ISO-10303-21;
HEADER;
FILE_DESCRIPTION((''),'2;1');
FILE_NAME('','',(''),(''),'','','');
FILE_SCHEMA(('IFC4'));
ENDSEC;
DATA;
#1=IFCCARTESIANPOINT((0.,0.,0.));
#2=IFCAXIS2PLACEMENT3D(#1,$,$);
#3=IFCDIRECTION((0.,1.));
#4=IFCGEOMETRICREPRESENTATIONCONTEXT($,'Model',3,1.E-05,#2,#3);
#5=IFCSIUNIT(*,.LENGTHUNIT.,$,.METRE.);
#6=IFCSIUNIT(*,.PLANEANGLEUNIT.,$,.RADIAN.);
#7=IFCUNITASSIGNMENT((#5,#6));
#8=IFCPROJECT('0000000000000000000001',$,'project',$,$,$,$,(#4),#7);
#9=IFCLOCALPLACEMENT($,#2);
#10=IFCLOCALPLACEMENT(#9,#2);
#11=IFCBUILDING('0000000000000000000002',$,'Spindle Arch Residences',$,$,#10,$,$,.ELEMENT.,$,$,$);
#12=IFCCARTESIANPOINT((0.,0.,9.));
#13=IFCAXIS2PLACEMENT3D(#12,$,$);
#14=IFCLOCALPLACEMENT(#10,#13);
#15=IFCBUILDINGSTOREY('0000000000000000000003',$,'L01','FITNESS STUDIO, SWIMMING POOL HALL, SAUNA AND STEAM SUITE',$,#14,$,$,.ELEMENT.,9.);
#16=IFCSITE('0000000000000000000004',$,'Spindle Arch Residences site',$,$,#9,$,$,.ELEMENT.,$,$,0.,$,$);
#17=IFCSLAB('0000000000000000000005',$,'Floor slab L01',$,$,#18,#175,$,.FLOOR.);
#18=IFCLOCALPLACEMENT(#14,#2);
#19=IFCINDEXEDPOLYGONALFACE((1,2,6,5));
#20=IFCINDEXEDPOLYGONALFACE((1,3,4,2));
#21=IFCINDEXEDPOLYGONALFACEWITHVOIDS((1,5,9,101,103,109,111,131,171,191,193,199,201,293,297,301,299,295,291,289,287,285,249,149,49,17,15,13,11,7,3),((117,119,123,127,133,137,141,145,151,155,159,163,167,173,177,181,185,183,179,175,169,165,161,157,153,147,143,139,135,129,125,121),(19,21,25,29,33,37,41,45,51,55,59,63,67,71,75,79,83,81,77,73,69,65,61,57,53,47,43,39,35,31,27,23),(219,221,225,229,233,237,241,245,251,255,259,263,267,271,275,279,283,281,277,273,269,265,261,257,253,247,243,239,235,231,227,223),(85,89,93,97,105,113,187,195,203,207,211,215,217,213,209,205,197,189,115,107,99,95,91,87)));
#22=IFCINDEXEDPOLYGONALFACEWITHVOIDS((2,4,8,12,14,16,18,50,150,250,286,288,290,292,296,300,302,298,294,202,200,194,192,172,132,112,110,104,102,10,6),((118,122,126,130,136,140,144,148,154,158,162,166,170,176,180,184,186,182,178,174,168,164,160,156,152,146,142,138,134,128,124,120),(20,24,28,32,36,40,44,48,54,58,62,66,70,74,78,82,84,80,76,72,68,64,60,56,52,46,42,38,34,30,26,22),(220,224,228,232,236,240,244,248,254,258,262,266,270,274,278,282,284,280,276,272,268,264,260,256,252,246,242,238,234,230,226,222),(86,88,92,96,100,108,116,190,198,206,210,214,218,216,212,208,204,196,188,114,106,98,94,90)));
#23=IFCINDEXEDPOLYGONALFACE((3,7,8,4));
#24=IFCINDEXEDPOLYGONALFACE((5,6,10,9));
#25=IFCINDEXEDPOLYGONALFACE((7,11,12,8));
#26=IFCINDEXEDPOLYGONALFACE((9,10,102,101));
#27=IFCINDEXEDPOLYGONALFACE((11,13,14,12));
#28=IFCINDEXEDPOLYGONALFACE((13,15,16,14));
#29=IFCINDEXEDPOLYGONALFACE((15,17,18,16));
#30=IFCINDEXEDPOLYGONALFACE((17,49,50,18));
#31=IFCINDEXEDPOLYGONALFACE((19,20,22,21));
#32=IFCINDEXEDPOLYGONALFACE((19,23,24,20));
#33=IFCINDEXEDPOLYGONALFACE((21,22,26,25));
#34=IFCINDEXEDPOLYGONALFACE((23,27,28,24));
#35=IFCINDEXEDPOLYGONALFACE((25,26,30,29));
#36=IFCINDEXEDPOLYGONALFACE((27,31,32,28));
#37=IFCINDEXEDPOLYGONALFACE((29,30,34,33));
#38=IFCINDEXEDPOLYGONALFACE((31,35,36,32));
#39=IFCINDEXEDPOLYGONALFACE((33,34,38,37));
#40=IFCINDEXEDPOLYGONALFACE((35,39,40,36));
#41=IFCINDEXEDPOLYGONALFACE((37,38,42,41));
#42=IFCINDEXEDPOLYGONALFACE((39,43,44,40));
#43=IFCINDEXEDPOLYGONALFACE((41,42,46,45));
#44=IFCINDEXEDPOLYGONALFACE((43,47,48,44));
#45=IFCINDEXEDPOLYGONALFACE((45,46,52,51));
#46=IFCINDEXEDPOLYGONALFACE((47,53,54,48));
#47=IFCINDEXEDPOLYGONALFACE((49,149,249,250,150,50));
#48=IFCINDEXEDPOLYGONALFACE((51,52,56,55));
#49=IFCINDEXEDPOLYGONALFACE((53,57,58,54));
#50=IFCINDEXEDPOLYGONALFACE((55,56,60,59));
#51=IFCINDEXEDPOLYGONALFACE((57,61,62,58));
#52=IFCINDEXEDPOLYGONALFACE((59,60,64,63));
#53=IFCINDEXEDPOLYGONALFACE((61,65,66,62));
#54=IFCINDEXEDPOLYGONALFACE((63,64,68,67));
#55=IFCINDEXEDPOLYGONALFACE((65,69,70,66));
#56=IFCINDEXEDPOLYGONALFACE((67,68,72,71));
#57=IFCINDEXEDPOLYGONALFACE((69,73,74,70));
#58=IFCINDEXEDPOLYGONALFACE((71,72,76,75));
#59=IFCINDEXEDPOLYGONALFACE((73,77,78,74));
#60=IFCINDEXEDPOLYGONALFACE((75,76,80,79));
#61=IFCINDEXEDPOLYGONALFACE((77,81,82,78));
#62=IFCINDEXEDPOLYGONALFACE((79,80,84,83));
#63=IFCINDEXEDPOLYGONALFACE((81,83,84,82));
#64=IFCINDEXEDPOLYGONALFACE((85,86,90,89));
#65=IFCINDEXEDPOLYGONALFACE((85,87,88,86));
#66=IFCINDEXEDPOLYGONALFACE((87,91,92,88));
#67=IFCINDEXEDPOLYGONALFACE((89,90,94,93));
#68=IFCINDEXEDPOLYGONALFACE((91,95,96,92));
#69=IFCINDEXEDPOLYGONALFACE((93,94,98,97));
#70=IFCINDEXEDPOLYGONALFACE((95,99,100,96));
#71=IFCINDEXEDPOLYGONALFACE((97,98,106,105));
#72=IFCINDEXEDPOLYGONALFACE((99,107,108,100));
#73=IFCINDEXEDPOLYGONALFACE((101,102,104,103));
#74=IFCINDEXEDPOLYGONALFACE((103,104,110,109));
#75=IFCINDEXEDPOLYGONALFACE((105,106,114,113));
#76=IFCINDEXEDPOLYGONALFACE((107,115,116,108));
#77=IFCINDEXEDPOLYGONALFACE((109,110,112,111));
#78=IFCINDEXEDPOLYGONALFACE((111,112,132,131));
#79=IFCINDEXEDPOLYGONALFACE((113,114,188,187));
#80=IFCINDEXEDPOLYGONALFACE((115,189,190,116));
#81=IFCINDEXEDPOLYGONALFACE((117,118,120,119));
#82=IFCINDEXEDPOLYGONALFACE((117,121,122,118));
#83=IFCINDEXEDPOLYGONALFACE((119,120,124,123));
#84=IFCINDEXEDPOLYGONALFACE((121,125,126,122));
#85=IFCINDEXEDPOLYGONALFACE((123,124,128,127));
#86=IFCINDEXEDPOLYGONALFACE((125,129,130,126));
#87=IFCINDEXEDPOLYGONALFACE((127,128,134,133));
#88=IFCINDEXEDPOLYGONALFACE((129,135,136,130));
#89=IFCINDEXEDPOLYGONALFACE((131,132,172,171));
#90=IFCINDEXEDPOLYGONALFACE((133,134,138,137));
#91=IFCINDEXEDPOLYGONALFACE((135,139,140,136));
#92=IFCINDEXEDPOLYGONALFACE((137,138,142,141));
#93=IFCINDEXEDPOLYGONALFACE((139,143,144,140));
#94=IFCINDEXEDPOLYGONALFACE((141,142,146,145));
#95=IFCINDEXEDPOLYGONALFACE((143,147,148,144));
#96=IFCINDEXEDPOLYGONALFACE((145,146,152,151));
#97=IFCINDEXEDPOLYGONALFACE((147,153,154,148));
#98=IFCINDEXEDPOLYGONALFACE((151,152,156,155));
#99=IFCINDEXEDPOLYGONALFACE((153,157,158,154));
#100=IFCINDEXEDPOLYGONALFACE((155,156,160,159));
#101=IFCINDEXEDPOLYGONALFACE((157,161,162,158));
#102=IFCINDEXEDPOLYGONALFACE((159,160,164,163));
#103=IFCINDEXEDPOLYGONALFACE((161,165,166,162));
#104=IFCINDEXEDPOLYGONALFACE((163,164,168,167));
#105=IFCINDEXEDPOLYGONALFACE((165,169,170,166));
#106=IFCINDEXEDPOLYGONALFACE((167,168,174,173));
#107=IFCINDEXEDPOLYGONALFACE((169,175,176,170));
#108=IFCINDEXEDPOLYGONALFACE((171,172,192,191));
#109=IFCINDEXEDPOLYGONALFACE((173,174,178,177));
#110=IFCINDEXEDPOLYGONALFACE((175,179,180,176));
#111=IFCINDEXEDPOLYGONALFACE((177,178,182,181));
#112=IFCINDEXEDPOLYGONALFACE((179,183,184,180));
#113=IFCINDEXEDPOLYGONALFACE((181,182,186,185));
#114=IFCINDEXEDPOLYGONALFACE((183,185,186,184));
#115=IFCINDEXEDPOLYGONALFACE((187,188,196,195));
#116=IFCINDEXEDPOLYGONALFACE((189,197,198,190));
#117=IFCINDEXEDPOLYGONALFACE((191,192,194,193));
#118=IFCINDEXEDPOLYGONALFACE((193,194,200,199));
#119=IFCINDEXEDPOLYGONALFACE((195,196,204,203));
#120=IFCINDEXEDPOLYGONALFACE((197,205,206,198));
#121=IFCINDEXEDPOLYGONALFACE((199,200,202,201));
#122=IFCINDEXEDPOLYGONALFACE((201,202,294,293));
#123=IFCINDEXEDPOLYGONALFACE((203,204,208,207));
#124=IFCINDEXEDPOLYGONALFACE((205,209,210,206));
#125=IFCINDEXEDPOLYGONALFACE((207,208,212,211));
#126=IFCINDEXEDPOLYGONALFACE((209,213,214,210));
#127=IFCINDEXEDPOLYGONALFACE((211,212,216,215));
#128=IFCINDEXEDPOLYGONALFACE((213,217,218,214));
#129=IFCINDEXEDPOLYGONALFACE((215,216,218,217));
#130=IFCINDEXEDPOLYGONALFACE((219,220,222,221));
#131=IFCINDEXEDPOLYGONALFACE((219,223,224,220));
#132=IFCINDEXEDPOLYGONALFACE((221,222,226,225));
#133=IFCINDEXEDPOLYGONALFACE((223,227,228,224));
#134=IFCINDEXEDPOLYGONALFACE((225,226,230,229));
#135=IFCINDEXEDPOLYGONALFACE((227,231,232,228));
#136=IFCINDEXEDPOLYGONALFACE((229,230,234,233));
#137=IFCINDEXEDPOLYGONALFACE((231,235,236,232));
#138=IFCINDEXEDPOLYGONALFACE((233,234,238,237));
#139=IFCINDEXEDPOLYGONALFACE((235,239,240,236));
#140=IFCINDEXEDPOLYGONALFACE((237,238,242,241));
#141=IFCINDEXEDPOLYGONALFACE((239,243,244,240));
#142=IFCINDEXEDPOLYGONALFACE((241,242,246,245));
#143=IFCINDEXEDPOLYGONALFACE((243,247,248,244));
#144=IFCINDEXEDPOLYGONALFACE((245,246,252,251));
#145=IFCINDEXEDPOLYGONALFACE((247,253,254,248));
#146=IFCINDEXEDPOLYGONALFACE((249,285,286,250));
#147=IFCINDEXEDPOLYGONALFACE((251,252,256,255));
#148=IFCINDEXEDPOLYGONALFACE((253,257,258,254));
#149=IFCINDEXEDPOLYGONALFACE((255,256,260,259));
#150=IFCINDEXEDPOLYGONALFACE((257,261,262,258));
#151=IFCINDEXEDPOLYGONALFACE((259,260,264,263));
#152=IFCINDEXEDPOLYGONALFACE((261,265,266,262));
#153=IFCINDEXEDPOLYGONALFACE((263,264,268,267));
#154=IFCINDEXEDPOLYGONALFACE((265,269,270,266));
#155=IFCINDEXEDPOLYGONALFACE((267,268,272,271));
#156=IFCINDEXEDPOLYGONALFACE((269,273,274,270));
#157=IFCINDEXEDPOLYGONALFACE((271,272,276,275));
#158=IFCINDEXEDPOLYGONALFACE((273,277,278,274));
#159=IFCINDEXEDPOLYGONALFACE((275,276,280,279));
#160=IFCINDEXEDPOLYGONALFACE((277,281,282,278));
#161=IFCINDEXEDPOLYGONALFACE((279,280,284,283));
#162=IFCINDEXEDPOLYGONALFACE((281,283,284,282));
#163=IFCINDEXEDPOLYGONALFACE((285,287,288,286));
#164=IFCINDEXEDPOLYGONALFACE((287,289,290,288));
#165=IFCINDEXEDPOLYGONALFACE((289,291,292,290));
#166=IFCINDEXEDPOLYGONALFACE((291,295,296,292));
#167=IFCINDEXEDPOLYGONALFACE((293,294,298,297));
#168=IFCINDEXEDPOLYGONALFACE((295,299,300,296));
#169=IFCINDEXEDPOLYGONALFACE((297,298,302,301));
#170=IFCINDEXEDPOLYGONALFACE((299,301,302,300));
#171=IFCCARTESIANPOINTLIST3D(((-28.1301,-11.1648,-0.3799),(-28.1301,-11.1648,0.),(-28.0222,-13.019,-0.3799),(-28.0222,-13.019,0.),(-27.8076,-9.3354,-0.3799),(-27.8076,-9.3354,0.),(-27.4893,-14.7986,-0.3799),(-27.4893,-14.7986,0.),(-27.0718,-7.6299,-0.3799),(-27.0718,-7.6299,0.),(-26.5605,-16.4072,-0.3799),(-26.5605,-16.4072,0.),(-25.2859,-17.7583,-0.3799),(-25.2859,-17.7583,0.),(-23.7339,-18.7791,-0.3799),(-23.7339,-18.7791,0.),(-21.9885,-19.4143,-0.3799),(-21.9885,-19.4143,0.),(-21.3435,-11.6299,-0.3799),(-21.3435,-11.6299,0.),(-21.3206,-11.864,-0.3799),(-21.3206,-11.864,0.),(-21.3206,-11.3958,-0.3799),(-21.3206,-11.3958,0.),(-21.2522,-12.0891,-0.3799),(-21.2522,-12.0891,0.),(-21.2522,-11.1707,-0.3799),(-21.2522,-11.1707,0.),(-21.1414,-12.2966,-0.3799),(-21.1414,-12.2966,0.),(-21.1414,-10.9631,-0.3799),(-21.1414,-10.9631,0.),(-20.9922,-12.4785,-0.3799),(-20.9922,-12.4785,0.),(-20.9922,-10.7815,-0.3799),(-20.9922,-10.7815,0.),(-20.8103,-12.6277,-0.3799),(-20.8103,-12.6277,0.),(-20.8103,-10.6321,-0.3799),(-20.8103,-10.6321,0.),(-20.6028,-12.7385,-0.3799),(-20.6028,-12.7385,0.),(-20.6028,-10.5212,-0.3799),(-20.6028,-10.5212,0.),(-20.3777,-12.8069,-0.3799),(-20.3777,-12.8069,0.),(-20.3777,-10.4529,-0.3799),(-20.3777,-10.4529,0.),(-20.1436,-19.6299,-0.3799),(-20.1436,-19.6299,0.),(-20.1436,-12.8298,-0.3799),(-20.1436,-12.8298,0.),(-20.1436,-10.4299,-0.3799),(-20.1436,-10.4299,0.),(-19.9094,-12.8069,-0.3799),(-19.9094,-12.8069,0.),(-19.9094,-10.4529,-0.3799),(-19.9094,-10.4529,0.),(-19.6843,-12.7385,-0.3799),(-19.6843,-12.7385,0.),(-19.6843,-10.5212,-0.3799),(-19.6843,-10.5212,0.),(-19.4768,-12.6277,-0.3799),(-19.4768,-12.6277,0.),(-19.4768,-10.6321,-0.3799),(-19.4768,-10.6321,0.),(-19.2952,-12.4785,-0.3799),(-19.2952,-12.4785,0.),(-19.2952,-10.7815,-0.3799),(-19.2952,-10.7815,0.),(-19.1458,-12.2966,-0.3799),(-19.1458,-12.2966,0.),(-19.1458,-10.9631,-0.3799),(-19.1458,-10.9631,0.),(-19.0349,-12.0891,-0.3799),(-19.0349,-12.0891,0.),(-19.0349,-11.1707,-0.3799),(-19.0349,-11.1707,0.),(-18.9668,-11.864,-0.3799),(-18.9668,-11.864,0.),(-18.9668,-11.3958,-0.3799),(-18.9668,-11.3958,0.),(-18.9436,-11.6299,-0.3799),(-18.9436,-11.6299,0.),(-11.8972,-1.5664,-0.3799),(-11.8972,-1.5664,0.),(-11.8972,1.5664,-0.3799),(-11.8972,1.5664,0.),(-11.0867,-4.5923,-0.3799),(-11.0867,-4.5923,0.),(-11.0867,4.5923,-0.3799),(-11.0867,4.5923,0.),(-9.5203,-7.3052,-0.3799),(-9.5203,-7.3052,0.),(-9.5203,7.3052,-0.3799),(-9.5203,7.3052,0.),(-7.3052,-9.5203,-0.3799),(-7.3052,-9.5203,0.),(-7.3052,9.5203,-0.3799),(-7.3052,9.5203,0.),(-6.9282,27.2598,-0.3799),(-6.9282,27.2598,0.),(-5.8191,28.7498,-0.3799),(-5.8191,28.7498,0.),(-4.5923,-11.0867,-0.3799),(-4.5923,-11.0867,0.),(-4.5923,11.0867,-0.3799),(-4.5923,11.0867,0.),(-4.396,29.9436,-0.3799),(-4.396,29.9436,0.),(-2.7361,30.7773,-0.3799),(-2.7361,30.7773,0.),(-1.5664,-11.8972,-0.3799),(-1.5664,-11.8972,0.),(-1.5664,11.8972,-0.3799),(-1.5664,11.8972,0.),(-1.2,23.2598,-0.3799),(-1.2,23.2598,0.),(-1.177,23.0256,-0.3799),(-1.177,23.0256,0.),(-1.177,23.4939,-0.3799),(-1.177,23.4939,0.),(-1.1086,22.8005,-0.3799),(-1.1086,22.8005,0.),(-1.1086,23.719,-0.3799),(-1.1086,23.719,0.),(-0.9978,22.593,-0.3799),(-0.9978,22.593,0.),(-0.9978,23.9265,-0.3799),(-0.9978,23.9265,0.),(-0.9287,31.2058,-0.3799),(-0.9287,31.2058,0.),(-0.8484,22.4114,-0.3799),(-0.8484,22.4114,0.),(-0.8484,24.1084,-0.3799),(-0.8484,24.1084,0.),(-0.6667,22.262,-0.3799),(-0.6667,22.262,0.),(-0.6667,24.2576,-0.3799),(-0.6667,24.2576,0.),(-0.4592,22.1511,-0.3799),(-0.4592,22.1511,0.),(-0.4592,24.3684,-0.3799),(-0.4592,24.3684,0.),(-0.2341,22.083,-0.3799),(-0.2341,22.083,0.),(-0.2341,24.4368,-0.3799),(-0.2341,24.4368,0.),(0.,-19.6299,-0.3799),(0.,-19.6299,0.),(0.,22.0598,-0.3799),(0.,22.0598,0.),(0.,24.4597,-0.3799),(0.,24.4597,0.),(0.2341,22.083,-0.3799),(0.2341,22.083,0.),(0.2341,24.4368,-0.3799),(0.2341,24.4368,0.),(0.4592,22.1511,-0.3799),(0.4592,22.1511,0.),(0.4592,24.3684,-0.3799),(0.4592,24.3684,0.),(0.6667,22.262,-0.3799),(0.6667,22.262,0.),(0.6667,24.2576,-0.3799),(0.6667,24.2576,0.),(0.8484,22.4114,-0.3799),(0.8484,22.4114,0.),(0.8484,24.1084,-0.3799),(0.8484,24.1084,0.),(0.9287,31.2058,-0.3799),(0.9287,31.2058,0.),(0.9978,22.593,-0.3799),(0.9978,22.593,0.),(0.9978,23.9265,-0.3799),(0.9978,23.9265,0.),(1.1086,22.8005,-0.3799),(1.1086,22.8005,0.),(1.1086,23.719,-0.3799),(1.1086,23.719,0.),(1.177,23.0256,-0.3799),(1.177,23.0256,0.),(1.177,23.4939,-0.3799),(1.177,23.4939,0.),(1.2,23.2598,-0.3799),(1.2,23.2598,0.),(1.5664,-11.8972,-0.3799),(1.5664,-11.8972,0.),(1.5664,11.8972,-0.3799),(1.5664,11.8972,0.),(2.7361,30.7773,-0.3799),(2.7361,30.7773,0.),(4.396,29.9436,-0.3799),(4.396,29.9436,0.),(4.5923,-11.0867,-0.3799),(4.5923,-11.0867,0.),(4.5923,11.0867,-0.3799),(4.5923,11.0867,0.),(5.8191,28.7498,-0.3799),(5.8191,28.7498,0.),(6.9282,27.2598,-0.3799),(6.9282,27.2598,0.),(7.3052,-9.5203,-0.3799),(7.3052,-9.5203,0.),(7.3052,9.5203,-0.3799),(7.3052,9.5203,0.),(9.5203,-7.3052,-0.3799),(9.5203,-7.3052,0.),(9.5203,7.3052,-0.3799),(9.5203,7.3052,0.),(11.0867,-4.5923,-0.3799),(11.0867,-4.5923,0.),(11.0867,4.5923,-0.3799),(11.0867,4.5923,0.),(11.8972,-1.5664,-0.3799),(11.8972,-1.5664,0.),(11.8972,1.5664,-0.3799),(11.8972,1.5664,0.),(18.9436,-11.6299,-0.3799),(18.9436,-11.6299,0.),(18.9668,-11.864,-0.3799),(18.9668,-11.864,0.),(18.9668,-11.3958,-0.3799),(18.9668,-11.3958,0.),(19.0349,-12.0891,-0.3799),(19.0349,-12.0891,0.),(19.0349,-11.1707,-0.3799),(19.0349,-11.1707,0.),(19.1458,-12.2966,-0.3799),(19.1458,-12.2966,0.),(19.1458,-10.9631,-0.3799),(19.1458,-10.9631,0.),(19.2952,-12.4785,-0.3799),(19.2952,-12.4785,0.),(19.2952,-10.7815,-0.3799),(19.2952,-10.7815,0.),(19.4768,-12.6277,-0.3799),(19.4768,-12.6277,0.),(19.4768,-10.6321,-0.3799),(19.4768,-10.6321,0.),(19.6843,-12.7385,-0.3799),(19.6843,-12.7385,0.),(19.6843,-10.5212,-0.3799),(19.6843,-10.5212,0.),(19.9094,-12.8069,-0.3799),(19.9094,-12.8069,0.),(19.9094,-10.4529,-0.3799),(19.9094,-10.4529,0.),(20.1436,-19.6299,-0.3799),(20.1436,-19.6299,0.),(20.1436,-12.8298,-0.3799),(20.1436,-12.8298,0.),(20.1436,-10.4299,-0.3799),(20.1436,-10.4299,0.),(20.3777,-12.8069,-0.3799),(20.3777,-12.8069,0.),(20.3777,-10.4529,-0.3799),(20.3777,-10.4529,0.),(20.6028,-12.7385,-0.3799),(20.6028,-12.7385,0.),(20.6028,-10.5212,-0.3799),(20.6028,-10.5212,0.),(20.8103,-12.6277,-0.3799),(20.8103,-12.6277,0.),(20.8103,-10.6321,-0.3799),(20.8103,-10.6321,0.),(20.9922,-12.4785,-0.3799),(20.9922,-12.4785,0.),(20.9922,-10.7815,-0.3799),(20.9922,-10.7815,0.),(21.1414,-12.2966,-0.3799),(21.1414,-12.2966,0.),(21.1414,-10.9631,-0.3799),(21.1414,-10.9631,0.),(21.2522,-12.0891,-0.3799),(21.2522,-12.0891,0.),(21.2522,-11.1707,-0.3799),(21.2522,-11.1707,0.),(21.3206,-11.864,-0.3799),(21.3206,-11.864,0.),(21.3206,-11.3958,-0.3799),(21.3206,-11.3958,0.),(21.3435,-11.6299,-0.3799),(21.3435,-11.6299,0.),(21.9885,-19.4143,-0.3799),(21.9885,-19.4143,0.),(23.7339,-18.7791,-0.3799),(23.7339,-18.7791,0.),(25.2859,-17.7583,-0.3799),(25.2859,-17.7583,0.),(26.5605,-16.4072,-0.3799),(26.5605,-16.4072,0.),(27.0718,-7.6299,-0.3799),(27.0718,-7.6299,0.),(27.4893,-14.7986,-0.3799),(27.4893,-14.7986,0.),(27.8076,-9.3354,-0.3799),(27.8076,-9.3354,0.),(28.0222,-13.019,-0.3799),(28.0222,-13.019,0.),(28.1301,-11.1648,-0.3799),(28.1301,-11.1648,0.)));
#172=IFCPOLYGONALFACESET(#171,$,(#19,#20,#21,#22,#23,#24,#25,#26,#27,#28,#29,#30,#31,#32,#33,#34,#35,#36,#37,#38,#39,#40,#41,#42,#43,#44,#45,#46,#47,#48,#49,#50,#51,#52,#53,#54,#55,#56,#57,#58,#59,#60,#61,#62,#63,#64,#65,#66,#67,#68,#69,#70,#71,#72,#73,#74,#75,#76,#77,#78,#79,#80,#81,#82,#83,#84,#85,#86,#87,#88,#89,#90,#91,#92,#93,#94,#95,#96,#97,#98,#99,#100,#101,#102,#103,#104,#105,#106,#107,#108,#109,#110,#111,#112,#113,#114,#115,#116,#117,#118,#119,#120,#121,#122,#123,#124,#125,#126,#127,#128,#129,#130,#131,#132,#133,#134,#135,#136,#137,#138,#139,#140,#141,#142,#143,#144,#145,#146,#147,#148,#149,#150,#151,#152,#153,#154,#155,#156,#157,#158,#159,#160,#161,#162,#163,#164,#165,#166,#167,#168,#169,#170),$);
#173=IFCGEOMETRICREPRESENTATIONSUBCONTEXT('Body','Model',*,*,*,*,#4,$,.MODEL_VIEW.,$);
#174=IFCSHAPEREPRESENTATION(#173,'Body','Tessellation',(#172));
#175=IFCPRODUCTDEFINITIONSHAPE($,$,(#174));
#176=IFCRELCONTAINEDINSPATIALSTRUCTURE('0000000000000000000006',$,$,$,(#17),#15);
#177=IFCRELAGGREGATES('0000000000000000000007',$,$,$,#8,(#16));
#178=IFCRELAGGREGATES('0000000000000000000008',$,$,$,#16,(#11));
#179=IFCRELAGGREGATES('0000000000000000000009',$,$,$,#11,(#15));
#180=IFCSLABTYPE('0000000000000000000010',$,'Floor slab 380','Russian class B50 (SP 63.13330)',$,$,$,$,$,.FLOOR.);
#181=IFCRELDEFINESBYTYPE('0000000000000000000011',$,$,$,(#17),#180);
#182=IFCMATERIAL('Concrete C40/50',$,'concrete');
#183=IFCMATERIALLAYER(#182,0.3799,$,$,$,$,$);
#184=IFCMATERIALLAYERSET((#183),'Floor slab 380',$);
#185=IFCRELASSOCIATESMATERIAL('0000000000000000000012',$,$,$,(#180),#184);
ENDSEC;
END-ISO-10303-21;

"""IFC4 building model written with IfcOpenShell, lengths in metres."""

from ifc_helpers import new_model, si_unit, direction, frame, origin, place, context, subcontext, project, spatial, polyline, outline, extrude, material, layer, layer_set, type_object, element, save


model = new_model("IFC4")

# Units and contexts
model_context = context("Model", 3, precision=1e-05, world=origin(), true_north=direction((0.0, 1.0)))
body_context = subcontext(model_context, "Body", "Model", "MODEL_VIEW")
ifc_project = project(units=[si_unit("LENGTHUNIT", "METRE"), si_unit("PLANEANGLEUNIT", "RADIAN")], contexts=[model_context])

# Site, building, storey
site_placement = place(None, origin())
site = spatial("IfcSite", under=ifc_project, at=site_placement, Name="Spindle Arch Residences site", CompositionType="ELEMENT", RefElevation=0.0)
building_placement = place(site_placement, origin())
building = spatial("IfcBuilding", under=site, at=building_placement, Name="Spindle Arch Residences", CompositionType="ELEMENT")
storey_placement = place(building_placement, frame((0.0, 0.0, 9.0)))
storey = spatial("IfcBuildingStorey", under=building, at=storey_placement, Name="L01", Description="FITNESS STUDIO, SWIMMING POOL HALL, SAUNA AND STEAM SUITE", CompositionType="ELEMENT", Elevation=9.0)

# Slab
ifc_material_1 = material(Name="Concrete C40/50", Category="concrete")
ifc_layer_1 = layer(ifc_material_1, 0.3799)
ifc_layer_set_1 = layer_set([ifc_layer_1], Name="Floor slab 380")
slab_type = type_object("IfcSlabType", Name="Floor slab 380", Description="Russian class B50 (SP 63.13330)", PredefinedType="FLOOR", material=ifc_layer_set_1)
slab_placement = place(storey_placement, frame((0.0, 0.0, -0.3799)))
element("IfcSlab", 1, at=slab_placement, inside=storey, type_object=slab_type, Name="Floor slab L01", PredefinedType="FLOOR", context=body_context, shape_type="SweptSolid", body=[
    extrude(outline(polyline([(-21.9885, -19.4143), (-23.7339, -18.7791), (-25.2859, -17.7583), (-26.5605, -16.4072), (-27.4893, -14.7986), (-28.0222, -13.019), (-28.1301, -11.1648), (-27.8076, -9.3354), (-27.0718, -7.6299), (-6.9282, 27.2598), (-5.8191, 28.7498), (-4.396, 29.9436), (-2.7361, 30.7773), (-0.9287, 31.2058), (0.9287, 31.2058), (2.7361, 30.7773), (4.396, 29.9436), (5.8191, 28.7498), (6.9282, 27.2598), (27.0718, -7.6299), (27.8076, -9.3354), (28.1301, -11.1648), (28.0222, -13.019), (27.4893, -14.7986), (26.5605, -16.4072), (25.2859, -17.7583), (23.7339, -18.7791), (21.9885, -19.4143), (20.1436, -19.6299), (0.0, -19.6299), (-20.1436, -19.6299), (-21.9885, -19.4143)]), holes=[polyline([(7.3052, -9.5203), (9.5203, -7.3052), (11.0867, -4.5923), (11.8972, -1.5664), (11.8972, 1.5664), (11.0867, 4.5923), (9.5203, 7.3052), (7.3052, 9.5203), (4.5923, 11.0867), (1.5664, 11.8972), (-1.5664, 11.8972), (-4.5923, 11.0867), (-7.3052, 9.5203), (-9.5203, 7.3052), (-11.0867, 4.5923), (-11.8972, 1.5664), (-11.8972, -1.5664), (-11.0867, -4.5923), (-9.5203, -7.3052), (-7.3052, -9.5203), (-4.5923, -11.0867), (-1.5664, -11.8972), (1.5664, -11.8972), (4.5923, -11.0867), (7.3052, -9.5203)]), polyline([(-19.2952, -12.4785), (-19.1458, -12.2966), (-19.0349, -12.0891), (-18.9668, -11.864), (-18.9436, -11.6299), (-18.9668, -11.3958), (-19.0349, -11.1707), (-19.1458, -10.9631), (-19.2952, -10.7815), (-19.4768, -10.6321), (-19.6843, -10.5212), (-19.9094, -10.4529), (-20.1436, -10.4299), (-20.3777, -10.4529), (-20.6028, -10.5212), (-20.8103, -10.6321), (-20.9922, -10.7815), (-21.1414, -10.9631), (-21.2522, -11.1707), (-21.3206, -11.3958), (-21.3435, -11.6299), (-21.3206, -11.864), (-21.2522, -12.0891), (-21.1414, -12.2966), (-20.9922, -12.4785), (-20.8103, -12.6277), (-20.6028, -12.7385), (-20.3777, -12.8069), (-20.1436, -12.8298), (-19.9094, -12.8069), (-19.6843, -12.7385), (-19.4768, -12.6277), (-19.2952, -12.4785)]), polyline([(0.8484, 22.4114), (0.9978, 22.593), (1.1086, 22.8005), (1.177, 23.0256), (1.2, 23.2598), (1.177, 23.4939), (1.1086, 23.719), (0.9978, 23.9265), (0.8484, 24.1084), (0.6667, 24.2576), (0.4592, 24.3684), (0.2341, 24.4368), (0.0, 24.4597), (-0.2341, 24.4368), (-0.4592, 24.3684), (-0.6667, 24.2576), (-0.8484, 24.1084), (-0.9978, 23.9265), (-1.1086, 23.719), (-1.177, 23.4939), (-1.2, 23.2598), (-1.177, 23.0256), (-1.1086, 22.8005), (-0.9978, 22.593), (-0.8484, 22.4114), (-0.6667, 22.262), (-0.4592, 22.1511), (-0.2341, 22.083), (0.0, 22.0598), (0.2341, 22.083), (0.4592, 22.1511), (0.6667, 22.262), (0.8484, 22.4114)]), polyline([(20.9922, -12.4785), (21.1414, -12.2966), (21.2522, -12.0891), (21.3206, -11.864), (21.3435, -11.6299), (21.3206, -11.3958), (21.2522, -11.1707), (21.1414, -10.9631), (20.9922, -10.7815), (20.8103, -10.6321), (20.6028, -10.5212), (20.3777, -10.4529), (20.1436, -10.4299), (19.9094, -10.4529), (19.6843, -10.5212), (19.4768, -10.6321), (19.2952, -10.7815), (19.1458, -10.9631), (19.0349, -11.1707), (18.9668, -11.3958), (18.9436, -11.6299), (18.9668, -11.864), (19.0349, -12.0891), (19.1458, -12.2966), (19.2952, -12.4785), (19.4768, -12.6277), (19.6843, -12.7385), (19.9094, -12.8069), (20.1436, -12.8298), (20.3777, -12.8069), (20.6028, -12.7385), (20.8103, -12.6277), (20.9922, -12.4785)])]), origin(), (0.0, 0.0, 1.0), 0.3799),
])

save(model, "model.ifc")
